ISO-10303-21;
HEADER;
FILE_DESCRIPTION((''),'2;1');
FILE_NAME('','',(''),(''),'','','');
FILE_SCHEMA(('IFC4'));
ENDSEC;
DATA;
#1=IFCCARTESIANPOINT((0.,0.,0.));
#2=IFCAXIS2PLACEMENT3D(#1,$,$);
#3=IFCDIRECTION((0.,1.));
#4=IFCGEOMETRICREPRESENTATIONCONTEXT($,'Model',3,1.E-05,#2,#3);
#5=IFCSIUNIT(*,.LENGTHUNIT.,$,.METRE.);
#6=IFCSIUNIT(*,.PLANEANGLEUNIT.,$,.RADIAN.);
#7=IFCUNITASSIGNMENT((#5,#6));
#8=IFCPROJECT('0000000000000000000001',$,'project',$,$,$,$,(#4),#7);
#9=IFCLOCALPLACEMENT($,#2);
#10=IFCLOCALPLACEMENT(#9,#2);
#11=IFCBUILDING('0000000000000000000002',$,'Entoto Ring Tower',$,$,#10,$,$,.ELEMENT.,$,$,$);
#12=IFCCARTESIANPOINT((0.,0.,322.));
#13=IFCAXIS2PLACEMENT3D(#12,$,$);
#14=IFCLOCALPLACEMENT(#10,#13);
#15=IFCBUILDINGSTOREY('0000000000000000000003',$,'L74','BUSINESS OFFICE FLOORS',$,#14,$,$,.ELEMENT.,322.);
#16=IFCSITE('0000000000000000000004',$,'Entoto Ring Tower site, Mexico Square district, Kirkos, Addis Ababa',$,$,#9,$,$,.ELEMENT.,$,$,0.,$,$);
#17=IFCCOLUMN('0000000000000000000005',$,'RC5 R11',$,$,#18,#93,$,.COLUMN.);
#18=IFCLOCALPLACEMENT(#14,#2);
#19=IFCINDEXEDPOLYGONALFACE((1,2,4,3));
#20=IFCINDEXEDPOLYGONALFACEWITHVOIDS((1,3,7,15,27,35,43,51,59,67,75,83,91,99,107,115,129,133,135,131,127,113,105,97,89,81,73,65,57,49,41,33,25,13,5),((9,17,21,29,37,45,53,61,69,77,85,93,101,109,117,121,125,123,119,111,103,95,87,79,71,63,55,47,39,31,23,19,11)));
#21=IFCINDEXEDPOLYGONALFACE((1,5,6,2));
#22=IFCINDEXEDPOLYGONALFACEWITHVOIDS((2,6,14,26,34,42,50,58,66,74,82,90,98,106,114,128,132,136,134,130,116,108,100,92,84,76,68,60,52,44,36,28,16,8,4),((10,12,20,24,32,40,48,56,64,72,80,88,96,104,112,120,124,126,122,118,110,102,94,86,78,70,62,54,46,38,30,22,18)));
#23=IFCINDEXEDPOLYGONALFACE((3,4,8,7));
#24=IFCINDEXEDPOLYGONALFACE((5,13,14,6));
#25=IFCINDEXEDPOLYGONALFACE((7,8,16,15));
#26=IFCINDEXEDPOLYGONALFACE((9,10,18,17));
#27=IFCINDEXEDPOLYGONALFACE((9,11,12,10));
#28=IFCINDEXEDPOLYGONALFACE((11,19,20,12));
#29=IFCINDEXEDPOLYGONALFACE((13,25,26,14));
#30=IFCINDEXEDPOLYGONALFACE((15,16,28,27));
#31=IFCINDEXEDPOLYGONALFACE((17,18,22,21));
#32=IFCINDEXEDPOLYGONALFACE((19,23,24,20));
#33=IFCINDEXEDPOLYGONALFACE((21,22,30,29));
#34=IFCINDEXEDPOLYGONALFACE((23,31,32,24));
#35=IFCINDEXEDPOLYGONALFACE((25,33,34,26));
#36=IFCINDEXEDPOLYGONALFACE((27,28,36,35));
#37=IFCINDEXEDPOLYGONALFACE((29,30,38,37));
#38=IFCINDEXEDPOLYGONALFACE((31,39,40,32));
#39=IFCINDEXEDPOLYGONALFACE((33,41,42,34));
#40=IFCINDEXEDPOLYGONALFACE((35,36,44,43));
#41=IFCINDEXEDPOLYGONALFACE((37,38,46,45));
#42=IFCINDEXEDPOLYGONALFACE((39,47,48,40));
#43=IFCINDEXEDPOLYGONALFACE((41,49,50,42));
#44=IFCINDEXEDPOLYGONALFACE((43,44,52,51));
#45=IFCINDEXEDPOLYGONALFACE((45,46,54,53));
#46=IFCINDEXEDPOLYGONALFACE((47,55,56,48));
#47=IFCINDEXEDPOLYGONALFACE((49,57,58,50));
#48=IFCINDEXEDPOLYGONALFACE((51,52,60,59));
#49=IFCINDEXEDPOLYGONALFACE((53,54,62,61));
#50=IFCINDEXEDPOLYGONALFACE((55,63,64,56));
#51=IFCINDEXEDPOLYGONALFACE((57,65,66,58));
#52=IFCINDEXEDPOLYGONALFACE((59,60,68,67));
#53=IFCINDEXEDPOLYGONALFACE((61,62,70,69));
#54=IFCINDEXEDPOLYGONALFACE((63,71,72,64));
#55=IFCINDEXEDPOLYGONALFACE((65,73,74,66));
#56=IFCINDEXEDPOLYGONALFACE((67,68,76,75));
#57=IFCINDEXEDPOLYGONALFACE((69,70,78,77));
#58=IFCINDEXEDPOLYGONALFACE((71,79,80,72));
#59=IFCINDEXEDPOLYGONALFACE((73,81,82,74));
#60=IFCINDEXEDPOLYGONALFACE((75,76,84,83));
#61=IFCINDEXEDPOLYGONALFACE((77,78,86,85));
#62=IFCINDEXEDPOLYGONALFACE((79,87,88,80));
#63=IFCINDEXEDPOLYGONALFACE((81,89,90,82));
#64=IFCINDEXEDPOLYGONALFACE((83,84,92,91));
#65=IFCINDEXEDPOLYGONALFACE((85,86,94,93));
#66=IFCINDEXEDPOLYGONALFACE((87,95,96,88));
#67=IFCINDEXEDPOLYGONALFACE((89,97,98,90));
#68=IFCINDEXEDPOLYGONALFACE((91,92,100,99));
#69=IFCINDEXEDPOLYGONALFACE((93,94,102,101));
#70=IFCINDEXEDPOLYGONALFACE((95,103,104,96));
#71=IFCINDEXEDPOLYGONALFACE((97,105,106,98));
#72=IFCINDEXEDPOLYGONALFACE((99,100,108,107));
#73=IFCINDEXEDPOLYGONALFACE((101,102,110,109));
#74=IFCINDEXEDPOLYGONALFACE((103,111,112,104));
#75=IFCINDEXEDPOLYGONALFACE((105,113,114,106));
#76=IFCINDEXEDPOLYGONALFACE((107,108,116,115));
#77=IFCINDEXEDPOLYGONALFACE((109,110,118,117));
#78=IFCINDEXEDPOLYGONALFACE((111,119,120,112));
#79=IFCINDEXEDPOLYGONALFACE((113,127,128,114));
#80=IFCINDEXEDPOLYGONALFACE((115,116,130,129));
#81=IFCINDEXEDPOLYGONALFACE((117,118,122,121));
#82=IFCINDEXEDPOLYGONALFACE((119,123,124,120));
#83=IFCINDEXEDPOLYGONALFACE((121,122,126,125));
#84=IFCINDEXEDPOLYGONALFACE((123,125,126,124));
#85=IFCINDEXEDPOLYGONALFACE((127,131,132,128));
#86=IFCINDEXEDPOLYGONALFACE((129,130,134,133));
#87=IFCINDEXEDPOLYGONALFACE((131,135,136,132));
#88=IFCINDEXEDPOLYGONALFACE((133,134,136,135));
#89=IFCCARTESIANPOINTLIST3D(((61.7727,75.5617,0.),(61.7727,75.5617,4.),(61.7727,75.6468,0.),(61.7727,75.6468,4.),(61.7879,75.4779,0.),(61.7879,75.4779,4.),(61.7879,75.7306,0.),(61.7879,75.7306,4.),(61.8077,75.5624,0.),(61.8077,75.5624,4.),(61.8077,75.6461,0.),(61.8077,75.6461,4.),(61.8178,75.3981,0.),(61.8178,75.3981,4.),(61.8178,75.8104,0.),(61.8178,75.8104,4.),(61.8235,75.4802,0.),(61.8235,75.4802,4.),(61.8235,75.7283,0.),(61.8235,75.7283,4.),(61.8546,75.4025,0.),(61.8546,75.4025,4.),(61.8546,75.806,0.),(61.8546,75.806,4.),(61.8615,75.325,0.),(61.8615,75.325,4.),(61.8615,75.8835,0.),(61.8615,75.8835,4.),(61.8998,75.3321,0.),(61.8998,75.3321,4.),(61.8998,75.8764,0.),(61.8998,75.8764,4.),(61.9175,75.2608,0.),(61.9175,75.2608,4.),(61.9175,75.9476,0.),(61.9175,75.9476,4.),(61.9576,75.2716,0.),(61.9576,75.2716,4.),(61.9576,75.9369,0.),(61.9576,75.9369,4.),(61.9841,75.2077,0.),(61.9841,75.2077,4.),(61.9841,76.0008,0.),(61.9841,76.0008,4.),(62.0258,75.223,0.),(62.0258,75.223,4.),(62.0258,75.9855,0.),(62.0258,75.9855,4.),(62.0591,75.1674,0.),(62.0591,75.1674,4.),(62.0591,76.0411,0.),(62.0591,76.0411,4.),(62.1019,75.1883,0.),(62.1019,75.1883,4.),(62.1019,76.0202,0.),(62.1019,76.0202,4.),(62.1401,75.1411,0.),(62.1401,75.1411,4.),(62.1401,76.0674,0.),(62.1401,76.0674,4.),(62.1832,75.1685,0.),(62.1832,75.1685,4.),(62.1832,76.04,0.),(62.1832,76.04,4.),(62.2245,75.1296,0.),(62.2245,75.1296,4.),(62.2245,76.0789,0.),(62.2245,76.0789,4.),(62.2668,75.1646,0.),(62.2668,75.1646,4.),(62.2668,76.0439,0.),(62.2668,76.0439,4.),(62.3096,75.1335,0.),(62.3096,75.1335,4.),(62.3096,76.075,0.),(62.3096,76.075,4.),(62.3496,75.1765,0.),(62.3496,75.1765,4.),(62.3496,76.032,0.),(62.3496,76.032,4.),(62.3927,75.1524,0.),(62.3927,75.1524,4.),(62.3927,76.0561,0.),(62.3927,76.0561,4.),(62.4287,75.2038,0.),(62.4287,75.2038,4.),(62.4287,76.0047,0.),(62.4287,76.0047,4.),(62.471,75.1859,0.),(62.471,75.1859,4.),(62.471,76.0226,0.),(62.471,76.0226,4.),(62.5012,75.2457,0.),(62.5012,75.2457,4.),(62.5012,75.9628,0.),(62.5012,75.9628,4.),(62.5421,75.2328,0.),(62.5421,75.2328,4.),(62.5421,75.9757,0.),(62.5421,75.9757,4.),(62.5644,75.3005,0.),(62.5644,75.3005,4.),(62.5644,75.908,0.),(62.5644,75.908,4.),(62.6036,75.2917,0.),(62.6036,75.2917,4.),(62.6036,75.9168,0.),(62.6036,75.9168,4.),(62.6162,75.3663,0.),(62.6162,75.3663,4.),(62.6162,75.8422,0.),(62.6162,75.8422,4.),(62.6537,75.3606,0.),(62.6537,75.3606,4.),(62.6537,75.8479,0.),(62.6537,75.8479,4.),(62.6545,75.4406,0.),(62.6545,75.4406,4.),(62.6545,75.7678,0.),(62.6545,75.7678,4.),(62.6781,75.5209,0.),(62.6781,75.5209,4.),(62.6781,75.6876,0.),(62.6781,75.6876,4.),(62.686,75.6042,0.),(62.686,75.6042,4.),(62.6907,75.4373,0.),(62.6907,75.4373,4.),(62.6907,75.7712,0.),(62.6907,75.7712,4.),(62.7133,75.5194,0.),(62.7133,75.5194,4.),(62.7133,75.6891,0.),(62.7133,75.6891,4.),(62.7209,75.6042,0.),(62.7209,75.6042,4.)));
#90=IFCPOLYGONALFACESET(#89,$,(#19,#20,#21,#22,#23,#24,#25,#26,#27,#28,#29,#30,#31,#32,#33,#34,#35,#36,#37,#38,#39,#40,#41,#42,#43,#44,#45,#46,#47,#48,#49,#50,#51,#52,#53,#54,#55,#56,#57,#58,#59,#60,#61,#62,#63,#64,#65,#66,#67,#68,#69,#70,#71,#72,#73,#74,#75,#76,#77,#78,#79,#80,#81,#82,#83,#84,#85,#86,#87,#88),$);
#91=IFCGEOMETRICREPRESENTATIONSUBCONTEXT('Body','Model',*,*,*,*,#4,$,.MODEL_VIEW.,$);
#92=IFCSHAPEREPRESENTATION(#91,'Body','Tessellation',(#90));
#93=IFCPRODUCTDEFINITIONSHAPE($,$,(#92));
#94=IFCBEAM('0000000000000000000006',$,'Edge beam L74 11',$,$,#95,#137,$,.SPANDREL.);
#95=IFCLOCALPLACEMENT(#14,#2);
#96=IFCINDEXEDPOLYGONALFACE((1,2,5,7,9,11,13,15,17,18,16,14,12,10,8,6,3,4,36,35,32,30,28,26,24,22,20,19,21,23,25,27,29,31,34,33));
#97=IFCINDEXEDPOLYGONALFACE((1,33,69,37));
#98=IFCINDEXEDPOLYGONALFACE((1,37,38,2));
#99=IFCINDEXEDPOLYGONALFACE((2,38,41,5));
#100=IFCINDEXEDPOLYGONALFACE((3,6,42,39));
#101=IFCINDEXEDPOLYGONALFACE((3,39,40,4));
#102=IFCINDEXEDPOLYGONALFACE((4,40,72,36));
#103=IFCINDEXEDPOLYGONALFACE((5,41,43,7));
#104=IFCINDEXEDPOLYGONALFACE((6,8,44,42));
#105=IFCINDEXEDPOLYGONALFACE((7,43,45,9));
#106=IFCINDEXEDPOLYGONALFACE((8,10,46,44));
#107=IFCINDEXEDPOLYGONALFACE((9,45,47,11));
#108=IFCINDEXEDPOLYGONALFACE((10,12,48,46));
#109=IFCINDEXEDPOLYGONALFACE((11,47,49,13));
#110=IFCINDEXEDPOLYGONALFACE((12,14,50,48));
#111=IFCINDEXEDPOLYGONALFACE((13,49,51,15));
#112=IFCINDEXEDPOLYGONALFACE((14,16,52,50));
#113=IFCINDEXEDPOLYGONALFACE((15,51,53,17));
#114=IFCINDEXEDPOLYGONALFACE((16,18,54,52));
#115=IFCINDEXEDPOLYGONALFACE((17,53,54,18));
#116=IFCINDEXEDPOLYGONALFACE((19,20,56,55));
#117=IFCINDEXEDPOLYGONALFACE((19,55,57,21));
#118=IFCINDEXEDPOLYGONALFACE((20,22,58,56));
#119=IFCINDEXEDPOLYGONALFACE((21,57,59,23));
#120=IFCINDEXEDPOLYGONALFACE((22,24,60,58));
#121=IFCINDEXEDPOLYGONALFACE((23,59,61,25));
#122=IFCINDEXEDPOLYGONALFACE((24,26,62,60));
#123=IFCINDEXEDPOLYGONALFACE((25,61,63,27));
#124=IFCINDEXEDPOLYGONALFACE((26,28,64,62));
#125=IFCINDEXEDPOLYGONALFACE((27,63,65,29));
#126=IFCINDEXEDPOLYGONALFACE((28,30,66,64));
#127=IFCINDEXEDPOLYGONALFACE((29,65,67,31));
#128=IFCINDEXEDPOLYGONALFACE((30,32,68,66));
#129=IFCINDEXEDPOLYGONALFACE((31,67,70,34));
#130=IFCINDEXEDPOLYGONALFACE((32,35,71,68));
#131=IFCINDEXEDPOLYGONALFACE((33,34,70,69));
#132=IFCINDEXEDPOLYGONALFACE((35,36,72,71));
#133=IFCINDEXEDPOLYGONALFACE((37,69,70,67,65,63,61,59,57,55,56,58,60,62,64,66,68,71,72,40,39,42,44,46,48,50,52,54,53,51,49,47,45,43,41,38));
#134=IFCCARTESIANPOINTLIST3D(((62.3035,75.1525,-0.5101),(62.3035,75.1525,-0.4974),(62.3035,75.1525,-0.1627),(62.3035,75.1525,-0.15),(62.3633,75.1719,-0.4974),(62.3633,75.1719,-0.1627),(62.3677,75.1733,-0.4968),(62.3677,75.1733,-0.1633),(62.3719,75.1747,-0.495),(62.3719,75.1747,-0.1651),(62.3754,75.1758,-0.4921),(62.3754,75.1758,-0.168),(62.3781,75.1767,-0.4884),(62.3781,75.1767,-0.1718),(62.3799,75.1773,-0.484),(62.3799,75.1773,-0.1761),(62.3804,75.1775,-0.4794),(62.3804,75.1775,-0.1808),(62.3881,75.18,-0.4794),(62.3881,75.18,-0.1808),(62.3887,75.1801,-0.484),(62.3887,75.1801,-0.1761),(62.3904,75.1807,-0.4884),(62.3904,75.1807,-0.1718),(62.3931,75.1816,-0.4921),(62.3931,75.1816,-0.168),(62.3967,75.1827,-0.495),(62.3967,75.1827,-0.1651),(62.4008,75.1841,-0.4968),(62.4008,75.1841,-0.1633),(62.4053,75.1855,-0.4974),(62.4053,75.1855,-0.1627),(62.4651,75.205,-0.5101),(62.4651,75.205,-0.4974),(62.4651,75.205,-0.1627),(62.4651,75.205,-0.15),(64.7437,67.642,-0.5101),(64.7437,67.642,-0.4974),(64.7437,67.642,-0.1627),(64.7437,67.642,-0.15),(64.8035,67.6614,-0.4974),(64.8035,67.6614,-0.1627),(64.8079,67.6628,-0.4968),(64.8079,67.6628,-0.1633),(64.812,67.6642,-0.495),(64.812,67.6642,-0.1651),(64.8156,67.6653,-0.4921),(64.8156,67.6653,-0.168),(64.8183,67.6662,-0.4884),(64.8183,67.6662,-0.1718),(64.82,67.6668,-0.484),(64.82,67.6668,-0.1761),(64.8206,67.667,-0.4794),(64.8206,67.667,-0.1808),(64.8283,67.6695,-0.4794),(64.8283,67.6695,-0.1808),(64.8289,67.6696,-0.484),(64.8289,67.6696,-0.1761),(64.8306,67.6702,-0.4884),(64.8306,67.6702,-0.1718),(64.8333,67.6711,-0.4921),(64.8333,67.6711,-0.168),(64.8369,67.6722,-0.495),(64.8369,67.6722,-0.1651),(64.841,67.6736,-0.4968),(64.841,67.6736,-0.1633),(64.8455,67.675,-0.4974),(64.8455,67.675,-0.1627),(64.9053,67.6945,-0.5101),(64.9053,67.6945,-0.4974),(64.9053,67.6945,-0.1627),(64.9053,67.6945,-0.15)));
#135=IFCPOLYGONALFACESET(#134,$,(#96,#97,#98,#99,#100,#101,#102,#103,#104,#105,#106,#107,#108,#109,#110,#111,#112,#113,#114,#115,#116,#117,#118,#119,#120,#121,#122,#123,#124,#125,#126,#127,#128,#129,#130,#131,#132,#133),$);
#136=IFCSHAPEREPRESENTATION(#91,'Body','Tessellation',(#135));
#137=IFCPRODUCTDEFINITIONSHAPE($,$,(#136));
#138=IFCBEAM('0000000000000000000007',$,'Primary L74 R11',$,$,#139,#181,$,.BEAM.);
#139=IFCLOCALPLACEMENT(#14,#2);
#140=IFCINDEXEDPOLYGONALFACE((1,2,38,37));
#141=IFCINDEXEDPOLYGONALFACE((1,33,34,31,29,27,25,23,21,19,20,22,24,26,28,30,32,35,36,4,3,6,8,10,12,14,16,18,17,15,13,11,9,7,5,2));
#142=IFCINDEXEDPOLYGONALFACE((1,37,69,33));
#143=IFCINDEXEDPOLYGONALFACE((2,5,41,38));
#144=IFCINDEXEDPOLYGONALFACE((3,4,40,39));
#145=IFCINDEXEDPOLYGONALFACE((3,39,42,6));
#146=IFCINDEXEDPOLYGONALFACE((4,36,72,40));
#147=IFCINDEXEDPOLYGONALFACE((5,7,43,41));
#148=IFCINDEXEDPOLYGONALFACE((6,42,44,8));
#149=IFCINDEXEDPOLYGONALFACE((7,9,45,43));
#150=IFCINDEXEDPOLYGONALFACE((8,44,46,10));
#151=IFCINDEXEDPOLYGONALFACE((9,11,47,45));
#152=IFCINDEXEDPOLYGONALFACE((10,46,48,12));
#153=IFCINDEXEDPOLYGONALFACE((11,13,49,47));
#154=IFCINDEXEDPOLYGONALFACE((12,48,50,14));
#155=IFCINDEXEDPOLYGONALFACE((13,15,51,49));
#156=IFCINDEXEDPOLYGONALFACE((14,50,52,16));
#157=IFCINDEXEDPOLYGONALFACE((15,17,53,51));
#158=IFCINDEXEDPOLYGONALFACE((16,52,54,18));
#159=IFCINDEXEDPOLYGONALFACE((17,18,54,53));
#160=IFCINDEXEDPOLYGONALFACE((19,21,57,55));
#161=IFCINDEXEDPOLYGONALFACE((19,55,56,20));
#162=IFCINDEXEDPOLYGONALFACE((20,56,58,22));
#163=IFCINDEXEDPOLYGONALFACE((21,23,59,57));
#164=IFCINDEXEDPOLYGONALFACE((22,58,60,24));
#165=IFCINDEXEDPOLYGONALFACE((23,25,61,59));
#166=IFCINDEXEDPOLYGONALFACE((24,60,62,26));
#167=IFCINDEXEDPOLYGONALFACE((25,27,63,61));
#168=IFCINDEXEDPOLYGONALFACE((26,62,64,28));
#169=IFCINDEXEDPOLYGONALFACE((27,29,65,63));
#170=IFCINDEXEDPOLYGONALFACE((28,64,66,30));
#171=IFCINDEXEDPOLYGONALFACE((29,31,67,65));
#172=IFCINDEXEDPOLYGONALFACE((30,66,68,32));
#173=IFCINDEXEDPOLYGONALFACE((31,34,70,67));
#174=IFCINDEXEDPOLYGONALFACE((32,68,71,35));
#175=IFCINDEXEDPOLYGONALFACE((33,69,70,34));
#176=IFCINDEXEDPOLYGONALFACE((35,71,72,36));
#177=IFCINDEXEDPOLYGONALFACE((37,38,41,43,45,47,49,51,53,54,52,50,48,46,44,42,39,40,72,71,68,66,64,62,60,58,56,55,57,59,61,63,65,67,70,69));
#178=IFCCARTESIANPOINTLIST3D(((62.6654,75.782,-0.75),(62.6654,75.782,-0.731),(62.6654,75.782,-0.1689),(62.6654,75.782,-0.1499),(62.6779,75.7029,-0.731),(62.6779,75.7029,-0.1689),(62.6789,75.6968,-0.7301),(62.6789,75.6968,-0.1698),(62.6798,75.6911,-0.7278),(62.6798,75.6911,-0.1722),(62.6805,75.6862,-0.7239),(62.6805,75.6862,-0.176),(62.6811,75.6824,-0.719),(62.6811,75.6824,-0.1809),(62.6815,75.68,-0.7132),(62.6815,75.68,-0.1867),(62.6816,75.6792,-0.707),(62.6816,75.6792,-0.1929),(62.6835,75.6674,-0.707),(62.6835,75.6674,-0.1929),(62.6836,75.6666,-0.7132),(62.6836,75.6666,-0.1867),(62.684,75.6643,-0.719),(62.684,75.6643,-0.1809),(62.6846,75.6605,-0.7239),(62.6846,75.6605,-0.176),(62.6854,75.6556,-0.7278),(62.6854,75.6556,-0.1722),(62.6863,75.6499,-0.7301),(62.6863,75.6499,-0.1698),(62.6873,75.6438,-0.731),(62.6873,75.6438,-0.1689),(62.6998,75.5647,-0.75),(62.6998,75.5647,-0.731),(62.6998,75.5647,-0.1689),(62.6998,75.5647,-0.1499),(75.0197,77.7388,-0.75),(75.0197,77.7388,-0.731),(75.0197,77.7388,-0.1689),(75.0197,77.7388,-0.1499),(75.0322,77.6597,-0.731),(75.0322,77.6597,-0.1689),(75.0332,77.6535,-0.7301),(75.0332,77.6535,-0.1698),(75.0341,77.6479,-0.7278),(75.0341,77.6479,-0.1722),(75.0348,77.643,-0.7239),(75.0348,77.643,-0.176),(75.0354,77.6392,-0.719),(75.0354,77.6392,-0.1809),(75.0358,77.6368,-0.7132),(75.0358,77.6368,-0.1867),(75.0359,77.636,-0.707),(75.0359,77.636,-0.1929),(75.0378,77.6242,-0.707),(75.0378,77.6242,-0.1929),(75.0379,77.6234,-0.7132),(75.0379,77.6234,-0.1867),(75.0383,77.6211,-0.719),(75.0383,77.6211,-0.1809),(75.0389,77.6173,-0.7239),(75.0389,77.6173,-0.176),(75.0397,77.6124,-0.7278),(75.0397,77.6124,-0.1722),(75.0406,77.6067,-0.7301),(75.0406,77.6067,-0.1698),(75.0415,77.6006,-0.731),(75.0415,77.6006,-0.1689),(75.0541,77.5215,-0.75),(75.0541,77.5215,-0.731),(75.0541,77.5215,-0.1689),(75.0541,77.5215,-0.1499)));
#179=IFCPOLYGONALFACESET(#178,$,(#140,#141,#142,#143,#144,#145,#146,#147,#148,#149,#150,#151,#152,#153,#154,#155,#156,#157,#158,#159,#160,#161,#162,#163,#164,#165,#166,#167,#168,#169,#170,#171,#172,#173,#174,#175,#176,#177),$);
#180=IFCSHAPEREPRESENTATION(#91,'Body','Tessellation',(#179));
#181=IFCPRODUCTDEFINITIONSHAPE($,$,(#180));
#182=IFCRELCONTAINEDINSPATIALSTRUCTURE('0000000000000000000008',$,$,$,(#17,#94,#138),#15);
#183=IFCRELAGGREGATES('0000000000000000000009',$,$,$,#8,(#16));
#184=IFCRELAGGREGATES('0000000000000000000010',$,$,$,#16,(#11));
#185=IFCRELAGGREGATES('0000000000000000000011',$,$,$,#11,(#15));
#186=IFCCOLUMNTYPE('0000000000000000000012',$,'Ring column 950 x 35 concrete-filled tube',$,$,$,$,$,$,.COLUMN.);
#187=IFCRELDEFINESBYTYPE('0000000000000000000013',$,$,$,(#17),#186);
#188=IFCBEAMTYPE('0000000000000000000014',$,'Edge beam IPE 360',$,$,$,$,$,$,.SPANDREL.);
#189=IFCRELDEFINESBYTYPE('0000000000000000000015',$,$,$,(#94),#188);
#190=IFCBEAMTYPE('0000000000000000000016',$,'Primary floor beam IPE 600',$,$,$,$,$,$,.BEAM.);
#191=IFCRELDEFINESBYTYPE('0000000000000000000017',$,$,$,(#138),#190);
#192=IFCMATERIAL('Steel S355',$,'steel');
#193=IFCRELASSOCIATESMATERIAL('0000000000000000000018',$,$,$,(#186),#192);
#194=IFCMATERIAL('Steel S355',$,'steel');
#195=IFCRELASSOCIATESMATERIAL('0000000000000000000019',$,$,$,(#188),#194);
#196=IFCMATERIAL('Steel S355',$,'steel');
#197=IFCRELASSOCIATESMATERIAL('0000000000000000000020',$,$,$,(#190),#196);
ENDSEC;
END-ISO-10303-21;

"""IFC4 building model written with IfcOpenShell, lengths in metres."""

from ifc_helpers import new_model, si_unit, direction, frame, origin, origin_2d, place, context, subcontext, project, spatial, circle, hollow_circle, i_section, extrude, material, material_profile, profile_set, type_object, element, save


model = new_model("IFC4")

# Units and contexts
model_context = context("Model", 3, precision=1e-05, world=origin(), true_north=direction((0.0, 1.0)))
body_context = subcontext(model_context, "Body", "Model", "MODEL_VIEW")
ifc_project = project(units=[si_unit("LENGTHUNIT", "METRE"), si_unit("PLANEANGLEUNIT", "RADIAN")], contexts=[model_context])

# Site, building, storey
site_placement = place(None, origin())
site = spatial("IfcSite", under=ifc_project, at=site_placement, Name="Entoto Ring Tower site, Mexico Square district, Kirkos, Addis Ababa", CompositionType="ELEMENT", RefElevation=0.0)
building_placement = place(site_placement, origin())
building = spatial("IfcBuilding", under=site, at=building_placement, Name="Entoto Ring Tower", CompositionType="ELEMENT")
storey_placement = place(building_placement, frame((0.0, 0.0, 322.0)))
storey = spatial("IfcBuildingStorey", under=building, at=storey_placement, Name="L74", Description="BUSINESS OFFICE FLOORS", CompositionType="ELEMENT", Elevation=322.0)

# Column
ifc_material_1 = material(Name="Steel S355", Category="steel")
ifc_material_profile_1 = material_profile(ifc_material_1, hollow_circle(Radius=0.4751, WallThickness=0.0349, at=origin_2d()), Name="CHS 950 x 35")
ifc_material_2 = material(Name="Concrete C60/75", Category="concrete")
ifc_material_profile_2 = material_profile(ifc_material_2, circle(Radius=0.4399, at=origin_2d()), Name="Concrete C60/75 infill")
ifc_profile_set_1 = profile_set([ifc_material_profile_1, ifc_material_profile_2], Name="Steel S355")
column_type = type_object("IfcColumnType", Name="Ring column 950 x 35 concrete-filled tube", PredefinedType="COLUMN", material=ifc_profile_set_1)
column_placement = place(storey_placement, frame((62.2458, 75.6042, 0.0), z_axis=(0.0, 0.0, 1.0), x_axis=(1.0, 0.0, 0.0)))
element("IfcColumn", 1, at=column_placement, inside=storey, type_object=column_type, Name="RC5 R11", PredefinedType="COLUMN", context=body_context, shape_type="SweptSolid", body=[
    extrude(hollow_circle(Radius=0.4751, WallThickness=0.0349, at=origin_2d()), origin(), (0.0, 0.0, 1.0), 4.0),
])

# Beams
ifc_material_3 = material(Name="Steel S355", Category="steel")
ifc_material_profile_3 = material_profile(ifc_material_3, i_section(OverallWidth=0.1699, OverallDepth=0.3601, WebThickness=0.0081, FlangeThickness=0.0127, FilletRadius=0.0181, at=origin_2d()), Name="IPE 360")
ifc_profile_set_2 = profile_set([ifc_material_profile_3], Name="Steel S355")
beam_type_1 = type_object("IfcBeamType", Name="Edge beam IPE 360", PredefinedType="SPANDREL", material=ifc_profile_set_2)
beam_1_placement = place(storey_placement, frame((62.3843, 75.1787, -0.3301), z_axis=(0.309003, -0.951061, 0.0), x_axis=(0.951061, 0.309003, 0.0)))
element("IfcBeam", 2, at=beam_1_placement, inside=storey, type_object=beam_type_1, Name="Edge beam L74 11", PredefinedType="SPANDREL", context=body_context, shape_type="SweptSolid", body=[
    extrude(i_section(OverallWidth=0.1699, OverallDepth=0.3601, WebThickness=0.0081, FlangeThickness=0.0127, FilletRadius=0.0181, at=origin_2d()), origin(), (0.0, 0.0, 1.0), 7.897),
])
ifc_material_4 = material(Name="Steel S355", Category="steel")
ifc_material_profile_4 = material_profile(ifc_material_4, i_section(OverallWidth=0.22, OverallDepth=0.6001, WebThickness=0.012, FlangeThickness=0.019, FilletRadius=0.0239, at=origin_2d()), Name="IPE 600")
ifc_profile_set_3 = profile_set([ifc_material_profile_4], Name="Steel S355")
beam_type_2 = type_object("IfcBeamType", Name="Primary floor beam IPE 600", PredefinedType="BEAM", material=ifc_profile_set_3)
beam_2_placement = place(storey_placement, frame((75.0369, 77.6301, -0.45), z_axis=(-0.987688, -0.15644, 0.0), x_axis=(0.15644, -0.987688, 0.0)))
element("IfcBeam", 3, at=beam_2_placement, inside=storey, type_object=beam_type_2, Name="Primary L74 R11", PredefinedType="BEAM", context=body_context, shape_type="SweptSolid", body=[
    extrude(i_section(OverallWidth=0.22, OverallDepth=0.6001, WebThickness=0.012, FlangeThickness=0.019, FilletRadius=0.0239, at=origin_2d()), origin(), (0.0, 0.0, 1.0), 12.5083),
])

save(model, "model.ifc")
